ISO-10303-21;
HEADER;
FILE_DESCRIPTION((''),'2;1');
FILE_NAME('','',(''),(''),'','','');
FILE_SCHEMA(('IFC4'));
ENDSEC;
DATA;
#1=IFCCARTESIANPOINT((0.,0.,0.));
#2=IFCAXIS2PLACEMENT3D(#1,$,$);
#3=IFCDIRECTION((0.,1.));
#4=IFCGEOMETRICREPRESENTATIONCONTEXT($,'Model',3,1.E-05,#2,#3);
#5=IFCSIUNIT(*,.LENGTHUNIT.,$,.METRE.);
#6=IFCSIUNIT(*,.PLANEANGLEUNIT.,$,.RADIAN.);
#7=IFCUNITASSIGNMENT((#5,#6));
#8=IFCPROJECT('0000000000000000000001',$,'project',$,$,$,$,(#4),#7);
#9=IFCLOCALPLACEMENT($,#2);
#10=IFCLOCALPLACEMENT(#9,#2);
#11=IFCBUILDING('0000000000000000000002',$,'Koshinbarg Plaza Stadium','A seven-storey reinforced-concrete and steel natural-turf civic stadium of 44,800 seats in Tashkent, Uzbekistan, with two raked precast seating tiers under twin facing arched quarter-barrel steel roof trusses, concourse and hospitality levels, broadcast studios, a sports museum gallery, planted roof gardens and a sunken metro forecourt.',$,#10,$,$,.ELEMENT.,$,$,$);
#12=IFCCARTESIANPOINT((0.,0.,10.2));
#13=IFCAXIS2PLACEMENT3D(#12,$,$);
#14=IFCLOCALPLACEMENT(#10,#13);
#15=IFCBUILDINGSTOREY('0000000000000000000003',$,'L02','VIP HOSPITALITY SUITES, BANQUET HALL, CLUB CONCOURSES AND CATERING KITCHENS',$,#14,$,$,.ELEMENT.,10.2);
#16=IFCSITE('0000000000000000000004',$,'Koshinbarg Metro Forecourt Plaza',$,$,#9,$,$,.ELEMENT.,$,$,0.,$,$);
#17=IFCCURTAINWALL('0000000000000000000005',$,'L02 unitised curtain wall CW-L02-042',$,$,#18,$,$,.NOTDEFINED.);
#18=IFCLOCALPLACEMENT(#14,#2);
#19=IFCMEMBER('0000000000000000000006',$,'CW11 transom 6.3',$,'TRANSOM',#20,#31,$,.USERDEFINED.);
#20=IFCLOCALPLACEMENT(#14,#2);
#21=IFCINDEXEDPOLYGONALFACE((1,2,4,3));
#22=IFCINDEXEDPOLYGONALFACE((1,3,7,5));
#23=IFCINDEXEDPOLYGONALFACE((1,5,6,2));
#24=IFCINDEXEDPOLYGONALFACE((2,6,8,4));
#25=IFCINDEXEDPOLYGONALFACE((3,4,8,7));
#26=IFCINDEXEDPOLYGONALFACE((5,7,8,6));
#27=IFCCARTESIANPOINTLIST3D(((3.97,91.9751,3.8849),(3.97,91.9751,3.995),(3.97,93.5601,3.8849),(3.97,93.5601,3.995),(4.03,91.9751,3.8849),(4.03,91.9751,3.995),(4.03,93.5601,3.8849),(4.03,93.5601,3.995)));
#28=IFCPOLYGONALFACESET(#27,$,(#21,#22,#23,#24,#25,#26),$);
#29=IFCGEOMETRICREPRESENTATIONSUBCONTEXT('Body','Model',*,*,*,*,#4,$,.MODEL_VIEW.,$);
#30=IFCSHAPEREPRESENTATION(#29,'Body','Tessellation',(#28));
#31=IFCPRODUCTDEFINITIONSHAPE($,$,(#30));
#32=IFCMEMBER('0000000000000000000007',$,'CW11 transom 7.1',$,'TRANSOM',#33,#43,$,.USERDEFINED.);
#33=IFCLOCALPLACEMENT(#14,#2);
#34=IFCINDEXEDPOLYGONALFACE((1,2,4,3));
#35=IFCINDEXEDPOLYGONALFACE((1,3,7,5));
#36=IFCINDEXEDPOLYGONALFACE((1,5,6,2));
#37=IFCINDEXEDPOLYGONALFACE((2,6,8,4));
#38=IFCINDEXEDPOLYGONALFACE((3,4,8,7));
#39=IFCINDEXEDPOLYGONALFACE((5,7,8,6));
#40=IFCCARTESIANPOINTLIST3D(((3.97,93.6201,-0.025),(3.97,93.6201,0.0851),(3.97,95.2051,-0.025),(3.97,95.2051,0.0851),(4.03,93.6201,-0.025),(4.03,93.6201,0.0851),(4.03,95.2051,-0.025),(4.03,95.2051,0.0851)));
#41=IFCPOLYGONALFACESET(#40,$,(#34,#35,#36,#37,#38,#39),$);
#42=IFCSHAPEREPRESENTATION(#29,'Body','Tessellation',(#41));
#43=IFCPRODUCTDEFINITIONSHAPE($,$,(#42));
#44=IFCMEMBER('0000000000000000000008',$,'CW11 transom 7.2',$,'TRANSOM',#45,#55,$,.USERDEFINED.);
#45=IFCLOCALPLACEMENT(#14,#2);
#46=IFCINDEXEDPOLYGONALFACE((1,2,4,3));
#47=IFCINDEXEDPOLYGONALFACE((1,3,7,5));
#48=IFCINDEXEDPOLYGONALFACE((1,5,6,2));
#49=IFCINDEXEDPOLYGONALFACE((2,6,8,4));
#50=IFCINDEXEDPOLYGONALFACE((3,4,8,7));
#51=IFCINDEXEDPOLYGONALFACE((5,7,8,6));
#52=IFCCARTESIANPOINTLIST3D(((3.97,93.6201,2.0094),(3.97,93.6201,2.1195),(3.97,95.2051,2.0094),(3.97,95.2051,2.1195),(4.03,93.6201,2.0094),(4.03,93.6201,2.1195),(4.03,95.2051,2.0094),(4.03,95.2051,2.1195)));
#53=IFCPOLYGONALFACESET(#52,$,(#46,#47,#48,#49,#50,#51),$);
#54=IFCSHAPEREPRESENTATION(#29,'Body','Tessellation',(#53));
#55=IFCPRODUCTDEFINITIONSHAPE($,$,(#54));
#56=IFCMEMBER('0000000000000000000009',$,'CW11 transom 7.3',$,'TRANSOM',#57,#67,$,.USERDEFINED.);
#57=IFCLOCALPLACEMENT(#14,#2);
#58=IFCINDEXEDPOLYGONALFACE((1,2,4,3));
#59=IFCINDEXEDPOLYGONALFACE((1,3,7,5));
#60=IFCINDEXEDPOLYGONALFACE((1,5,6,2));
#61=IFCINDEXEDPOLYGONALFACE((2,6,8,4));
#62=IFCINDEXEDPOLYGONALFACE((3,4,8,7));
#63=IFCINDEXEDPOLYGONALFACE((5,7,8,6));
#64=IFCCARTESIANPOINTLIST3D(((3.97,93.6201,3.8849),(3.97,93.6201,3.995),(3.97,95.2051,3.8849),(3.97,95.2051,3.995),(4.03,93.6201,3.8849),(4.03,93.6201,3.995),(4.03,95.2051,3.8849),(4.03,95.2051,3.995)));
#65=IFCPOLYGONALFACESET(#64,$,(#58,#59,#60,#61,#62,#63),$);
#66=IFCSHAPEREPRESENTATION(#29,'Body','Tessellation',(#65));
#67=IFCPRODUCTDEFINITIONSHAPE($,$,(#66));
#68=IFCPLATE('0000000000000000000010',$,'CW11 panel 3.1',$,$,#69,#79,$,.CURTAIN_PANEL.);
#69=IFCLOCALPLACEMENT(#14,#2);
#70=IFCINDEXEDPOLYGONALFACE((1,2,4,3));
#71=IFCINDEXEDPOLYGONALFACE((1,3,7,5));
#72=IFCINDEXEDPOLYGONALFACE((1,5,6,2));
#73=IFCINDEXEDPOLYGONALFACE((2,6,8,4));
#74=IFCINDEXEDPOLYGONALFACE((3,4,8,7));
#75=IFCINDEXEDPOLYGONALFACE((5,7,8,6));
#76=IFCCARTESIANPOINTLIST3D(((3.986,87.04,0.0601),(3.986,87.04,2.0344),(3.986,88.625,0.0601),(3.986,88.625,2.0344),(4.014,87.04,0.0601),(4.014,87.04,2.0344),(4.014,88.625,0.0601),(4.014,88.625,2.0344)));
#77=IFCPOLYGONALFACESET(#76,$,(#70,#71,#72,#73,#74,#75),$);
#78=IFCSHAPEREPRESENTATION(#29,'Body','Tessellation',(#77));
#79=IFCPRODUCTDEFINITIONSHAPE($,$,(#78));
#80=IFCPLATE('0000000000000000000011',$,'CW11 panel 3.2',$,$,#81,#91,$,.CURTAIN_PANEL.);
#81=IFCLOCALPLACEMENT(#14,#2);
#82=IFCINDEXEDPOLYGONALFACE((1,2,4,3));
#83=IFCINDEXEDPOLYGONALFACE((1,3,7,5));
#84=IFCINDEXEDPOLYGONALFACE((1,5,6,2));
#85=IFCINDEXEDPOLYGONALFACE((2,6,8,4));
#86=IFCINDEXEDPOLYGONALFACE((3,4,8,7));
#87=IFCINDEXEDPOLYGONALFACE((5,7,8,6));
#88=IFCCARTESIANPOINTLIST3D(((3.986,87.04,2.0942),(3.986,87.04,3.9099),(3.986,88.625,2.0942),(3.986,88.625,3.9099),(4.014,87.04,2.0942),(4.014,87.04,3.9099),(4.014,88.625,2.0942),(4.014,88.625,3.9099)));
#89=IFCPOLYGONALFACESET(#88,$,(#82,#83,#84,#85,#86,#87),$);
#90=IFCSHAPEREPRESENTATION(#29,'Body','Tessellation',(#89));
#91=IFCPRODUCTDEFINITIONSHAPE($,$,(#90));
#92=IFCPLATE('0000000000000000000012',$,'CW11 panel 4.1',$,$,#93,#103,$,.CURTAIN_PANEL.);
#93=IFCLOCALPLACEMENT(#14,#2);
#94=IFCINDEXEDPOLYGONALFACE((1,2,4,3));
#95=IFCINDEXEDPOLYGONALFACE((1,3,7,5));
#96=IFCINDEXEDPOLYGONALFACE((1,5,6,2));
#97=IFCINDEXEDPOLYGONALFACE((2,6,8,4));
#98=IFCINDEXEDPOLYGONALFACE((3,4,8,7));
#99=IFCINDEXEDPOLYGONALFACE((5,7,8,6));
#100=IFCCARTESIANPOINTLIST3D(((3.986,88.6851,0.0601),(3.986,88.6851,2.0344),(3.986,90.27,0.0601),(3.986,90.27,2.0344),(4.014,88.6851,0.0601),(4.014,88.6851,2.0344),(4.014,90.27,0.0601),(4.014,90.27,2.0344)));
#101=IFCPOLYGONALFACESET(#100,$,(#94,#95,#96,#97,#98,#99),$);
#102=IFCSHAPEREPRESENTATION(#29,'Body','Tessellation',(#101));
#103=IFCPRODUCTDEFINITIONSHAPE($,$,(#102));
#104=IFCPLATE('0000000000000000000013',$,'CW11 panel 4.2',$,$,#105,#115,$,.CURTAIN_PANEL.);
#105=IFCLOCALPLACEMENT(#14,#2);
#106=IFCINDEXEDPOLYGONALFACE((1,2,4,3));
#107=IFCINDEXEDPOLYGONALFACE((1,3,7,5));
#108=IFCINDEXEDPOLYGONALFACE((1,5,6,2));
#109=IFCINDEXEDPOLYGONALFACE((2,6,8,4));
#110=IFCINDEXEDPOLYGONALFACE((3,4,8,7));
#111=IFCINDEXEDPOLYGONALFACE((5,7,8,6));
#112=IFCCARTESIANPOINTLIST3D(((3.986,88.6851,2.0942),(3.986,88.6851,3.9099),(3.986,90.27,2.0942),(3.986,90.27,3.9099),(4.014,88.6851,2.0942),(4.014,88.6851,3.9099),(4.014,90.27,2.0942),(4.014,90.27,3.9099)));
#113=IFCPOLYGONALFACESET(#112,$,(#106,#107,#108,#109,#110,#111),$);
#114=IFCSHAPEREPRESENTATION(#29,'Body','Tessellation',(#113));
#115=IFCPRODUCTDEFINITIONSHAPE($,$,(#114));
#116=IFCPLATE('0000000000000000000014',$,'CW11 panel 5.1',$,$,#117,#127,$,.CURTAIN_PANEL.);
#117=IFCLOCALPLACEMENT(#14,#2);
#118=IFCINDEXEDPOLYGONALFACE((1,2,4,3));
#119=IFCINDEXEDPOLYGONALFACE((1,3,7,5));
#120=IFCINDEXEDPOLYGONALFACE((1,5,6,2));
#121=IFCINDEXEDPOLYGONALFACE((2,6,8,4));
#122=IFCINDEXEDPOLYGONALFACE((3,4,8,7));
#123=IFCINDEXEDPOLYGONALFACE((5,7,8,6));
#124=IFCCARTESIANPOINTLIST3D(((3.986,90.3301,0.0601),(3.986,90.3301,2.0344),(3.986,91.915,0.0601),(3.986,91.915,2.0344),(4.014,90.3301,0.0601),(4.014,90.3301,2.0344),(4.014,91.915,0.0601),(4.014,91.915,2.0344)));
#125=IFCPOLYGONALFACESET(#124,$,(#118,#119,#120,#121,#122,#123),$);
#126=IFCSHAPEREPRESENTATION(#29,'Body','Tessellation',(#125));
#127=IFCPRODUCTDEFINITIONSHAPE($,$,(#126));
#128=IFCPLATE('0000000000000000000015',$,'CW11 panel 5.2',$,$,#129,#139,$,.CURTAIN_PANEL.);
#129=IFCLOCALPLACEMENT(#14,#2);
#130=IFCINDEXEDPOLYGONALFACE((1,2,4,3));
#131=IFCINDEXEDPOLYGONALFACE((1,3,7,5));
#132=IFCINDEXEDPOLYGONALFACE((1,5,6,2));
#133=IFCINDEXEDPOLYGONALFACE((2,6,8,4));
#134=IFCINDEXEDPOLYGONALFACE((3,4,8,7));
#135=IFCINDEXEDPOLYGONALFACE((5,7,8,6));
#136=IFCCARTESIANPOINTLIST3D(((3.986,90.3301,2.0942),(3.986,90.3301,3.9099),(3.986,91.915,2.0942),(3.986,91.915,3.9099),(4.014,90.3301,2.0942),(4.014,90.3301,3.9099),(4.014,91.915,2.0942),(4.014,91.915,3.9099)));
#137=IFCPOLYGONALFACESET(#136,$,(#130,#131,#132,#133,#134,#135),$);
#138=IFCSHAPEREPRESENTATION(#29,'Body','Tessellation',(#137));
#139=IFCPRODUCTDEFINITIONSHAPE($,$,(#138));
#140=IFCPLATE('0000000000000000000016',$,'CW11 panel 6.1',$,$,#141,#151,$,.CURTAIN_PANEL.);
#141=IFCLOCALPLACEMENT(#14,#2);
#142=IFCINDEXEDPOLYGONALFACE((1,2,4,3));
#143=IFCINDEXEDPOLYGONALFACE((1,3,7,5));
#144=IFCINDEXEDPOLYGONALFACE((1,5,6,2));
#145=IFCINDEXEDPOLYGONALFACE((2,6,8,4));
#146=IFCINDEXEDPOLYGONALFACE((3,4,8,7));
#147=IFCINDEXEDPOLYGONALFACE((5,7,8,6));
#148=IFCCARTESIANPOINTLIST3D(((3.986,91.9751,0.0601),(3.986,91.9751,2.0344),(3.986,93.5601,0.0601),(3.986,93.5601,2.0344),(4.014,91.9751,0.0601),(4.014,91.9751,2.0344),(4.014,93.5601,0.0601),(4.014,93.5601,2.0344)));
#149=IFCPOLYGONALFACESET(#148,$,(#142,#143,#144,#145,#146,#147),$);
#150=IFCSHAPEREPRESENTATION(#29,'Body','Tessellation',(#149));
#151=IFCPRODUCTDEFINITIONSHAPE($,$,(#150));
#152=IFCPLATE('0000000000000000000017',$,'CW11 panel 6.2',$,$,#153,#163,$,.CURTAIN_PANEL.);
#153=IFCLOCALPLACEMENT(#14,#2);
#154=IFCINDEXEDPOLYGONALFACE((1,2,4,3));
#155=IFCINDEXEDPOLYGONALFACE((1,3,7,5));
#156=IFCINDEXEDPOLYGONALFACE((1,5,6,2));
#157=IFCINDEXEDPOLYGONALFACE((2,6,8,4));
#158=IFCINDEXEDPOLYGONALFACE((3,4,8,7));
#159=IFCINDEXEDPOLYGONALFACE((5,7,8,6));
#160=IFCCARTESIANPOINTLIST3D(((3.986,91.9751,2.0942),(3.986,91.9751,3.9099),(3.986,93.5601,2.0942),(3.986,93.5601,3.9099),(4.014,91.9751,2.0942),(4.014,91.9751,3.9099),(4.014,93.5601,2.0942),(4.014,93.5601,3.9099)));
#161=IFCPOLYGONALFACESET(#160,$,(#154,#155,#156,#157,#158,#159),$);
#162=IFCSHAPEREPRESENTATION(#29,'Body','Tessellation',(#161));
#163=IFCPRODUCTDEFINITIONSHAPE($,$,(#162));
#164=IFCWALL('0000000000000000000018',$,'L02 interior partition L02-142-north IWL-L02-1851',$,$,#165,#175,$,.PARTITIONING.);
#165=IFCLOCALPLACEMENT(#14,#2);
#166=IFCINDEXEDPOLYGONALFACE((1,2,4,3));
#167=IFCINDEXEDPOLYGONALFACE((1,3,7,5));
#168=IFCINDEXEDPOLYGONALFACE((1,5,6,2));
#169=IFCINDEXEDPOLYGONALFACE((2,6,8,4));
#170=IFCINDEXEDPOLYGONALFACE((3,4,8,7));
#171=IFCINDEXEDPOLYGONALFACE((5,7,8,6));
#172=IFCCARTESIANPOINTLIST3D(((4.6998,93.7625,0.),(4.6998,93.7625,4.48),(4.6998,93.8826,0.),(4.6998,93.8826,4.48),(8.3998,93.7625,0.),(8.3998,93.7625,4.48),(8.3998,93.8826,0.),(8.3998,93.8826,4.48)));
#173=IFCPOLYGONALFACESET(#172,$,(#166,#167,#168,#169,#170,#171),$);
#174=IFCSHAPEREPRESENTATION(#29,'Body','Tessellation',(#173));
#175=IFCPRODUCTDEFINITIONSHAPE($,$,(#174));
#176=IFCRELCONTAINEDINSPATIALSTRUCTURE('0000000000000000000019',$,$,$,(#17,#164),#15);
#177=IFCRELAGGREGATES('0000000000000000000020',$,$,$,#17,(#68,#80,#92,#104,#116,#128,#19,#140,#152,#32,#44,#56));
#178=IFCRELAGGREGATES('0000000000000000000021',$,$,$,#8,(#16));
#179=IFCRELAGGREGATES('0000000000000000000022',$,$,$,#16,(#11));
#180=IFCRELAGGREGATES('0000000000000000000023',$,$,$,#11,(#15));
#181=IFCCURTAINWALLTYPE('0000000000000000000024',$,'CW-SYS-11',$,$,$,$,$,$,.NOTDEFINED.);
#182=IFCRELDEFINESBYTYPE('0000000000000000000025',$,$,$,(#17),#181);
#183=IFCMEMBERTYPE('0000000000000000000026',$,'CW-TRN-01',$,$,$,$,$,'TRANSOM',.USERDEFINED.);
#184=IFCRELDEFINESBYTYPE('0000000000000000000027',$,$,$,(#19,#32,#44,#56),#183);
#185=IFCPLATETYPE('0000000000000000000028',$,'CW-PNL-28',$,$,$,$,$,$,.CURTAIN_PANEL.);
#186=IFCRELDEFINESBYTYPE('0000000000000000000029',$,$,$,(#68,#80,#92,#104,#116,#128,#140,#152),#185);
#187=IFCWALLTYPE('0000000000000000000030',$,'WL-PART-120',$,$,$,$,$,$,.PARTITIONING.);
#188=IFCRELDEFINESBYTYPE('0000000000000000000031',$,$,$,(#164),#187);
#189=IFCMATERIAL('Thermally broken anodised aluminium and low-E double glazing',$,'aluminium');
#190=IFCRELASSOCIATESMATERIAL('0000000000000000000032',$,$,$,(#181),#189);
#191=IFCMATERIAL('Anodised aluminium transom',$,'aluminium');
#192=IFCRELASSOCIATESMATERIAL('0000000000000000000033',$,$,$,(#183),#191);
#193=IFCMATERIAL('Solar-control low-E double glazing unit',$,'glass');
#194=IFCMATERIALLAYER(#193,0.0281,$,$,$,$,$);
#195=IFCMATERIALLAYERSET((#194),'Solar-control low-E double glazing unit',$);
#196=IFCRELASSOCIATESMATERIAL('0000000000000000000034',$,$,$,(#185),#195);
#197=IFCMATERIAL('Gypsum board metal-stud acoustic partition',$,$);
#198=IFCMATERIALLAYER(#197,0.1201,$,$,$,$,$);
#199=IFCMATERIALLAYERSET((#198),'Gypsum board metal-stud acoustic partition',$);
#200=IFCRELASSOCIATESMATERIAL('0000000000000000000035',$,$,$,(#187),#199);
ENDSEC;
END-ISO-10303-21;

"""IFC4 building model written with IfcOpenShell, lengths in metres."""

from ifc_helpers import new_model, si_unit, direction, frame, frame_2d, origin, origin_2d, place, context, subcontext, project, spatial, rectangle, extrude, material, layer, layer_set, material_profile, profile_set, type_object, element, aggregate, save


model = new_model("IFC4")

# Units and contexts
model_context = context("Model", 3, precision=1e-05, world=origin(), true_north=direction((0.0, 1.0)))
body_context = subcontext(model_context, "Body", "Model", "MODEL_VIEW")
ifc_project = project(units=[si_unit("LENGTHUNIT", "METRE"), si_unit("PLANEANGLEUNIT", "RADIAN")], contexts=[model_context])

# Site, building, storey
site_placement = place(None, origin())
site = spatial("IfcSite", under=ifc_project, at=site_placement, Name="Koshinbarg Metro Forecourt Plaza", CompositionType="ELEMENT", RefElevation=0.0)
building_placement = place(site_placement, origin())
building = spatial("IfcBuilding", under=site, at=building_placement, Name="Koshinbarg Plaza Stadium", Description="A seven-storey reinforced-concrete and steel natural-turf civic stadium of 44,800 seats in Tashkent, Uzbekistan, with two raked precast seating tiers under twin facing arched quarter-barrel steel roof trusses, concourse and hospitality levels, broadcast studios, a sports museum gallery, planted roof gardens and a sunken metro forecourt.", CompositionType="ELEMENT")
storey_placement = place(building_placement, frame((0.0, 0.0, 10.2)))
storey = spatial("IfcBuildingStorey", under=building, at=storey_placement, Name="L02", Description="VIP HOSPITALITY SUITES, BANQUET HALL, CLUB CONCOURSES AND CATERING KITCHENS", CompositionType="ELEMENT", Elevation=10.2)

# Curtain wall, members, plates
ifc_material_1 = material(Name="Thermally broken anodised aluminium and low-E double glazing", Category="aluminium")
curtain_wall_type = type_object("IfcCurtainWallType", Name="CW-SYS-11", PredefinedType="NOTDEFINED", material=ifc_material_1)
curtain_wall_placement = place(storey_placement, origin())
curtain_wall = element("IfcCurtainWall", 1, at=curtain_wall_placement, inside=storey, type_object=curtain_wall_type, Name="L02 unitised curtain wall CW-L02-042", PredefinedType="NOTDEFINED")
ifc_material_2 = material(Name="Anodised aluminium transom", Category="aluminium")
ifc_material_profile_1 = material_profile(ifc_material_2, rectangle(XDim=0.0601, YDim=0.1101, at=origin_2d()), Name="ALU 60x110")
ifc_profile_set_1 = profile_set([ifc_material_profile_1], Name="Anodised aluminium transom")
member_type_1 = type_object("IfcMemberType", Name="CW-TRN-01", ElementType="TRANSOM", PredefinedType="USERDEFINED", material=ifc_profile_set_1)
member_1_placement = place(storey_placement, frame((4.0, 91.9751, 3.9399), z_axis=(0.0, 1.0, 0.0), x_axis=(-1.0, 0.0, 0.0)))
member_1 = element("IfcMember", 2, at=member_1_placement, type_object=member_type_1, Name="CW11 transom 6.3", ObjectType="TRANSOM", PredefinedType="USERDEFINED", context=body_context, shape_type="SweptSolid", body=[
    extrude(rectangle(XDim=0.0601, YDim=0.1101, at=origin_2d()), origin(), (0.0, 0.0, 1.0), 1.585),
])
member_2_placement = place(storey_placement, frame((4.0, 93.6201, 0.03), z_axis=(0.0, 1.0, 0.0), x_axis=(-1.0, 0.0, 0.0)))
member_2 = element("IfcMember", 3, at=member_2_placement, type_object=member_type_1, Name="CW11 transom 7.1", ObjectType="TRANSOM", PredefinedType="USERDEFINED", context=body_context, shape_type="SweptSolid", body=[
    extrude(rectangle(XDim=0.0601, YDim=0.1101, at=origin_2d()), origin(), (0.0, 0.0, 1.0), 1.585),
])
member_3_placement = place(storey_placement, frame((4.0, 93.6201, 2.0645), z_axis=(0.0, 1.0, 0.0), x_axis=(-1.0, 0.0, 0.0)))
member_3 = element("IfcMember", 4, at=member_3_placement, type_object=member_type_1, Name="CW11 transom 7.2", ObjectType="TRANSOM", PredefinedType="USERDEFINED", context=body_context, shape_type="SweptSolid", body=[
    extrude(rectangle(XDim=0.0601, YDim=0.1101, at=origin_2d()), origin(), (0.0, 0.0, 1.0), 1.585),
])
member_4_placement = place(storey_placement, frame((4.0, 93.6201, 3.9399), z_axis=(0.0, 1.0, 0.0), x_axis=(-1.0, 0.0, 0.0)))
member_4 = element("IfcMember", 5, at=member_4_placement, type_object=member_type_1, Name="CW11 transom 7.3", ObjectType="TRANSOM", PredefinedType="USERDEFINED", context=body_context, shape_type="SweptSolid", body=[
    extrude(rectangle(XDim=0.0601, YDim=0.1101, at=origin_2d()), origin(), (0.0, 0.0, 1.0), 1.585),
])
ifc_material_3 = material(Name="Solar-control low-E double glazing unit", Category="glass")
ifc_layer_1 = layer(ifc_material_3, 0.0281)
ifc_layer_set_1 = layer_set([ifc_layer_1], Name="Solar-control low-E double glazing unit")
plate_type = type_object("IfcPlateType", Name="CW-PNL-28", PredefinedType="CURTAIN_PANEL", material=ifc_layer_set_1)
plate_1_placement = place(storey_placement, frame((4.0, 87.8325, 0.0601), z_axis=(0.0, 0.0, 1.0), x_axis=(0.0, 1.0, 0.0)))
plate_1 = element("IfcPlate", 6, at=plate_1_placement, type_object=plate_type, Name="CW11 panel 3.1", PredefinedType="CURTAIN_PANEL", context=body_context, shape_type="SweptSolid", body=[
    extrude(rectangle(XDim=1.585, YDim=0.0281, at=origin_2d()), origin(), (0.0, 0.0, 1.0), 1.9744),
])
plate_2_placement = place(storey_placement, frame((4.0, 87.8325, 2.0942), z_axis=(0.0, 0.0, 1.0), x_axis=(0.0, 1.0, 0.0)))
plate_2 = element("IfcPlate", 7, at=plate_2_placement, type_object=plate_type, Name="CW11 panel 3.2", PredefinedType="CURTAIN_PANEL", context=body_context, shape_type="SweptSolid", body=[
    extrude(rectangle(XDim=1.585, YDim=0.0281, at=origin_2d()), origin(), (0.0, 0.0, 1.0), 1.8157),
])
plate_3_placement = place(storey_placement, frame((4.0, 89.4775, 0.0601), z_axis=(0.0, 0.0, 1.0), x_axis=(0.0, 1.0, 0.0)))
plate_3 = element("IfcPlate", 8, at=plate_3_placement, type_object=plate_type, Name="CW11 panel 4.1", PredefinedType="CURTAIN_PANEL", context=body_context, shape_type="SweptSolid", body=[
    extrude(rectangle(XDim=1.585, YDim=0.0281, at=origin_2d()), origin(), (0.0, 0.0, 1.0), 1.9744),
])
plate_4_placement = place(storey_placement, frame((4.0, 89.4775, 2.0942), z_axis=(0.0, 0.0, 1.0), x_axis=(0.0, 1.0, 0.0)))
plate_4 = element("IfcPlate", 9, at=plate_4_placement, type_object=plate_type, Name="CW11 panel 4.2", PredefinedType="CURTAIN_PANEL", context=body_context, shape_type="SweptSolid", body=[
    extrude(rectangle(XDim=1.585, YDim=0.0281, at=origin_2d()), origin(), (0.0, 0.0, 1.0), 1.8157),
])
plate_5_placement = place(storey_placement, frame((4.0, 91.1226, 0.0601), z_axis=(0.0, 0.0, 1.0), x_axis=(0.0, 1.0, 0.0)))
plate_5 = element("IfcPlate", 10, at=plate_5_placement, type_object=plate_type, Name="CW11 panel 5.1", PredefinedType="CURTAIN_PANEL", context=body_context, shape_type="SweptSolid", body=[
    extrude(rectangle(XDim=1.585, YDim=0.0281, at=origin_2d()), origin(), (0.0, 0.0, 1.0), 1.9744),
])
plate_6_placement = place(storey_placement, frame((4.0, 91.1226, 2.0942), z_axis=(0.0, 0.0, 1.0), x_axis=(0.0, 1.0, 0.0)))
plate_6 = element("IfcPlate", 11, at=plate_6_placement, type_object=plate_type, Name="CW11 panel 5.2", PredefinedType="CURTAIN_PANEL", context=body_context, shape_type="SweptSolid", body=[
    extrude(rectangle(XDim=1.585, YDim=0.0281, at=origin_2d()), origin(), (0.0, 0.0, 1.0), 1.8157),
])
plate_7_placement = place(storey_placement, frame((4.0, 92.7676, 0.0601), z_axis=(0.0, 0.0, 1.0), x_axis=(0.0, 1.0, 0.0)))
plate_7 = element("IfcPlate", 12, at=plate_7_placement, type_object=plate_type, Name="CW11 panel 6.1", PredefinedType="CURTAIN_PANEL", context=body_context, shape_type="SweptSolid", body=[
    extrude(rectangle(XDim=1.585, YDim=0.0281, at=origin_2d()), origin(), (0.0, 0.0, 1.0), 1.9744),
])
plate_8_placement = place(storey_placement, frame((4.0, 92.7676, 2.0942), z_axis=(0.0, 0.0, 1.0), x_axis=(0.0, 1.0, 0.0)))
plate_8 = element("IfcPlate", 13, at=plate_8_placement, type_object=plate_type, Name="CW11 panel 6.2", PredefinedType="CURTAIN_PANEL", context=body_context, shape_type="SweptSolid", body=[
    extrude(rectangle(XDim=1.585, YDim=0.0281, at=origin_2d()), origin(), (0.0, 0.0, 1.0), 1.8157),
])
aggregate(curtain_wall, [plate_1, plate_2, plate_3, plate_4, plate_5, plate_6, member_1, plate_7, plate_8, member_2, member_3, member_4])

# Wall
ifc_material_4 = material(Name="Gypsum board metal-stud acoustic partition")
ifc_layer_2 = layer(ifc_material_4, 0.1201)
ifc_layer_set_2 = layer_set([ifc_layer_2], Name="Gypsum board metal-stud acoustic partition")
wall_type = type_object("IfcWallType", Name="WL-PART-120", PredefinedType="PARTITIONING", material=ifc_layer_set_2)
wall_1_placement = place(storey_placement, frame((8.3999, 93.8225, 0.0), z_axis=(0.0, 0.0, 1.0), x_axis=(-1.0, 0.0, 0.0)))
element("IfcWall", 14, at=wall_1_placement, inside=storey, type_object=wall_type, Name="L02 interior partition L02-142-north IWL-L02-1851", PredefinedType="PARTITIONING", context=body_context, shape_type="SweptSolid", body=[
    extrude(rectangle(XDim=3.7, YDim=0.1201, at=frame_2d((1.8501, 0.0))), origin(), (0.0, 0.0, 1.0), 4.48),
])

save(model, "model.ifc")
